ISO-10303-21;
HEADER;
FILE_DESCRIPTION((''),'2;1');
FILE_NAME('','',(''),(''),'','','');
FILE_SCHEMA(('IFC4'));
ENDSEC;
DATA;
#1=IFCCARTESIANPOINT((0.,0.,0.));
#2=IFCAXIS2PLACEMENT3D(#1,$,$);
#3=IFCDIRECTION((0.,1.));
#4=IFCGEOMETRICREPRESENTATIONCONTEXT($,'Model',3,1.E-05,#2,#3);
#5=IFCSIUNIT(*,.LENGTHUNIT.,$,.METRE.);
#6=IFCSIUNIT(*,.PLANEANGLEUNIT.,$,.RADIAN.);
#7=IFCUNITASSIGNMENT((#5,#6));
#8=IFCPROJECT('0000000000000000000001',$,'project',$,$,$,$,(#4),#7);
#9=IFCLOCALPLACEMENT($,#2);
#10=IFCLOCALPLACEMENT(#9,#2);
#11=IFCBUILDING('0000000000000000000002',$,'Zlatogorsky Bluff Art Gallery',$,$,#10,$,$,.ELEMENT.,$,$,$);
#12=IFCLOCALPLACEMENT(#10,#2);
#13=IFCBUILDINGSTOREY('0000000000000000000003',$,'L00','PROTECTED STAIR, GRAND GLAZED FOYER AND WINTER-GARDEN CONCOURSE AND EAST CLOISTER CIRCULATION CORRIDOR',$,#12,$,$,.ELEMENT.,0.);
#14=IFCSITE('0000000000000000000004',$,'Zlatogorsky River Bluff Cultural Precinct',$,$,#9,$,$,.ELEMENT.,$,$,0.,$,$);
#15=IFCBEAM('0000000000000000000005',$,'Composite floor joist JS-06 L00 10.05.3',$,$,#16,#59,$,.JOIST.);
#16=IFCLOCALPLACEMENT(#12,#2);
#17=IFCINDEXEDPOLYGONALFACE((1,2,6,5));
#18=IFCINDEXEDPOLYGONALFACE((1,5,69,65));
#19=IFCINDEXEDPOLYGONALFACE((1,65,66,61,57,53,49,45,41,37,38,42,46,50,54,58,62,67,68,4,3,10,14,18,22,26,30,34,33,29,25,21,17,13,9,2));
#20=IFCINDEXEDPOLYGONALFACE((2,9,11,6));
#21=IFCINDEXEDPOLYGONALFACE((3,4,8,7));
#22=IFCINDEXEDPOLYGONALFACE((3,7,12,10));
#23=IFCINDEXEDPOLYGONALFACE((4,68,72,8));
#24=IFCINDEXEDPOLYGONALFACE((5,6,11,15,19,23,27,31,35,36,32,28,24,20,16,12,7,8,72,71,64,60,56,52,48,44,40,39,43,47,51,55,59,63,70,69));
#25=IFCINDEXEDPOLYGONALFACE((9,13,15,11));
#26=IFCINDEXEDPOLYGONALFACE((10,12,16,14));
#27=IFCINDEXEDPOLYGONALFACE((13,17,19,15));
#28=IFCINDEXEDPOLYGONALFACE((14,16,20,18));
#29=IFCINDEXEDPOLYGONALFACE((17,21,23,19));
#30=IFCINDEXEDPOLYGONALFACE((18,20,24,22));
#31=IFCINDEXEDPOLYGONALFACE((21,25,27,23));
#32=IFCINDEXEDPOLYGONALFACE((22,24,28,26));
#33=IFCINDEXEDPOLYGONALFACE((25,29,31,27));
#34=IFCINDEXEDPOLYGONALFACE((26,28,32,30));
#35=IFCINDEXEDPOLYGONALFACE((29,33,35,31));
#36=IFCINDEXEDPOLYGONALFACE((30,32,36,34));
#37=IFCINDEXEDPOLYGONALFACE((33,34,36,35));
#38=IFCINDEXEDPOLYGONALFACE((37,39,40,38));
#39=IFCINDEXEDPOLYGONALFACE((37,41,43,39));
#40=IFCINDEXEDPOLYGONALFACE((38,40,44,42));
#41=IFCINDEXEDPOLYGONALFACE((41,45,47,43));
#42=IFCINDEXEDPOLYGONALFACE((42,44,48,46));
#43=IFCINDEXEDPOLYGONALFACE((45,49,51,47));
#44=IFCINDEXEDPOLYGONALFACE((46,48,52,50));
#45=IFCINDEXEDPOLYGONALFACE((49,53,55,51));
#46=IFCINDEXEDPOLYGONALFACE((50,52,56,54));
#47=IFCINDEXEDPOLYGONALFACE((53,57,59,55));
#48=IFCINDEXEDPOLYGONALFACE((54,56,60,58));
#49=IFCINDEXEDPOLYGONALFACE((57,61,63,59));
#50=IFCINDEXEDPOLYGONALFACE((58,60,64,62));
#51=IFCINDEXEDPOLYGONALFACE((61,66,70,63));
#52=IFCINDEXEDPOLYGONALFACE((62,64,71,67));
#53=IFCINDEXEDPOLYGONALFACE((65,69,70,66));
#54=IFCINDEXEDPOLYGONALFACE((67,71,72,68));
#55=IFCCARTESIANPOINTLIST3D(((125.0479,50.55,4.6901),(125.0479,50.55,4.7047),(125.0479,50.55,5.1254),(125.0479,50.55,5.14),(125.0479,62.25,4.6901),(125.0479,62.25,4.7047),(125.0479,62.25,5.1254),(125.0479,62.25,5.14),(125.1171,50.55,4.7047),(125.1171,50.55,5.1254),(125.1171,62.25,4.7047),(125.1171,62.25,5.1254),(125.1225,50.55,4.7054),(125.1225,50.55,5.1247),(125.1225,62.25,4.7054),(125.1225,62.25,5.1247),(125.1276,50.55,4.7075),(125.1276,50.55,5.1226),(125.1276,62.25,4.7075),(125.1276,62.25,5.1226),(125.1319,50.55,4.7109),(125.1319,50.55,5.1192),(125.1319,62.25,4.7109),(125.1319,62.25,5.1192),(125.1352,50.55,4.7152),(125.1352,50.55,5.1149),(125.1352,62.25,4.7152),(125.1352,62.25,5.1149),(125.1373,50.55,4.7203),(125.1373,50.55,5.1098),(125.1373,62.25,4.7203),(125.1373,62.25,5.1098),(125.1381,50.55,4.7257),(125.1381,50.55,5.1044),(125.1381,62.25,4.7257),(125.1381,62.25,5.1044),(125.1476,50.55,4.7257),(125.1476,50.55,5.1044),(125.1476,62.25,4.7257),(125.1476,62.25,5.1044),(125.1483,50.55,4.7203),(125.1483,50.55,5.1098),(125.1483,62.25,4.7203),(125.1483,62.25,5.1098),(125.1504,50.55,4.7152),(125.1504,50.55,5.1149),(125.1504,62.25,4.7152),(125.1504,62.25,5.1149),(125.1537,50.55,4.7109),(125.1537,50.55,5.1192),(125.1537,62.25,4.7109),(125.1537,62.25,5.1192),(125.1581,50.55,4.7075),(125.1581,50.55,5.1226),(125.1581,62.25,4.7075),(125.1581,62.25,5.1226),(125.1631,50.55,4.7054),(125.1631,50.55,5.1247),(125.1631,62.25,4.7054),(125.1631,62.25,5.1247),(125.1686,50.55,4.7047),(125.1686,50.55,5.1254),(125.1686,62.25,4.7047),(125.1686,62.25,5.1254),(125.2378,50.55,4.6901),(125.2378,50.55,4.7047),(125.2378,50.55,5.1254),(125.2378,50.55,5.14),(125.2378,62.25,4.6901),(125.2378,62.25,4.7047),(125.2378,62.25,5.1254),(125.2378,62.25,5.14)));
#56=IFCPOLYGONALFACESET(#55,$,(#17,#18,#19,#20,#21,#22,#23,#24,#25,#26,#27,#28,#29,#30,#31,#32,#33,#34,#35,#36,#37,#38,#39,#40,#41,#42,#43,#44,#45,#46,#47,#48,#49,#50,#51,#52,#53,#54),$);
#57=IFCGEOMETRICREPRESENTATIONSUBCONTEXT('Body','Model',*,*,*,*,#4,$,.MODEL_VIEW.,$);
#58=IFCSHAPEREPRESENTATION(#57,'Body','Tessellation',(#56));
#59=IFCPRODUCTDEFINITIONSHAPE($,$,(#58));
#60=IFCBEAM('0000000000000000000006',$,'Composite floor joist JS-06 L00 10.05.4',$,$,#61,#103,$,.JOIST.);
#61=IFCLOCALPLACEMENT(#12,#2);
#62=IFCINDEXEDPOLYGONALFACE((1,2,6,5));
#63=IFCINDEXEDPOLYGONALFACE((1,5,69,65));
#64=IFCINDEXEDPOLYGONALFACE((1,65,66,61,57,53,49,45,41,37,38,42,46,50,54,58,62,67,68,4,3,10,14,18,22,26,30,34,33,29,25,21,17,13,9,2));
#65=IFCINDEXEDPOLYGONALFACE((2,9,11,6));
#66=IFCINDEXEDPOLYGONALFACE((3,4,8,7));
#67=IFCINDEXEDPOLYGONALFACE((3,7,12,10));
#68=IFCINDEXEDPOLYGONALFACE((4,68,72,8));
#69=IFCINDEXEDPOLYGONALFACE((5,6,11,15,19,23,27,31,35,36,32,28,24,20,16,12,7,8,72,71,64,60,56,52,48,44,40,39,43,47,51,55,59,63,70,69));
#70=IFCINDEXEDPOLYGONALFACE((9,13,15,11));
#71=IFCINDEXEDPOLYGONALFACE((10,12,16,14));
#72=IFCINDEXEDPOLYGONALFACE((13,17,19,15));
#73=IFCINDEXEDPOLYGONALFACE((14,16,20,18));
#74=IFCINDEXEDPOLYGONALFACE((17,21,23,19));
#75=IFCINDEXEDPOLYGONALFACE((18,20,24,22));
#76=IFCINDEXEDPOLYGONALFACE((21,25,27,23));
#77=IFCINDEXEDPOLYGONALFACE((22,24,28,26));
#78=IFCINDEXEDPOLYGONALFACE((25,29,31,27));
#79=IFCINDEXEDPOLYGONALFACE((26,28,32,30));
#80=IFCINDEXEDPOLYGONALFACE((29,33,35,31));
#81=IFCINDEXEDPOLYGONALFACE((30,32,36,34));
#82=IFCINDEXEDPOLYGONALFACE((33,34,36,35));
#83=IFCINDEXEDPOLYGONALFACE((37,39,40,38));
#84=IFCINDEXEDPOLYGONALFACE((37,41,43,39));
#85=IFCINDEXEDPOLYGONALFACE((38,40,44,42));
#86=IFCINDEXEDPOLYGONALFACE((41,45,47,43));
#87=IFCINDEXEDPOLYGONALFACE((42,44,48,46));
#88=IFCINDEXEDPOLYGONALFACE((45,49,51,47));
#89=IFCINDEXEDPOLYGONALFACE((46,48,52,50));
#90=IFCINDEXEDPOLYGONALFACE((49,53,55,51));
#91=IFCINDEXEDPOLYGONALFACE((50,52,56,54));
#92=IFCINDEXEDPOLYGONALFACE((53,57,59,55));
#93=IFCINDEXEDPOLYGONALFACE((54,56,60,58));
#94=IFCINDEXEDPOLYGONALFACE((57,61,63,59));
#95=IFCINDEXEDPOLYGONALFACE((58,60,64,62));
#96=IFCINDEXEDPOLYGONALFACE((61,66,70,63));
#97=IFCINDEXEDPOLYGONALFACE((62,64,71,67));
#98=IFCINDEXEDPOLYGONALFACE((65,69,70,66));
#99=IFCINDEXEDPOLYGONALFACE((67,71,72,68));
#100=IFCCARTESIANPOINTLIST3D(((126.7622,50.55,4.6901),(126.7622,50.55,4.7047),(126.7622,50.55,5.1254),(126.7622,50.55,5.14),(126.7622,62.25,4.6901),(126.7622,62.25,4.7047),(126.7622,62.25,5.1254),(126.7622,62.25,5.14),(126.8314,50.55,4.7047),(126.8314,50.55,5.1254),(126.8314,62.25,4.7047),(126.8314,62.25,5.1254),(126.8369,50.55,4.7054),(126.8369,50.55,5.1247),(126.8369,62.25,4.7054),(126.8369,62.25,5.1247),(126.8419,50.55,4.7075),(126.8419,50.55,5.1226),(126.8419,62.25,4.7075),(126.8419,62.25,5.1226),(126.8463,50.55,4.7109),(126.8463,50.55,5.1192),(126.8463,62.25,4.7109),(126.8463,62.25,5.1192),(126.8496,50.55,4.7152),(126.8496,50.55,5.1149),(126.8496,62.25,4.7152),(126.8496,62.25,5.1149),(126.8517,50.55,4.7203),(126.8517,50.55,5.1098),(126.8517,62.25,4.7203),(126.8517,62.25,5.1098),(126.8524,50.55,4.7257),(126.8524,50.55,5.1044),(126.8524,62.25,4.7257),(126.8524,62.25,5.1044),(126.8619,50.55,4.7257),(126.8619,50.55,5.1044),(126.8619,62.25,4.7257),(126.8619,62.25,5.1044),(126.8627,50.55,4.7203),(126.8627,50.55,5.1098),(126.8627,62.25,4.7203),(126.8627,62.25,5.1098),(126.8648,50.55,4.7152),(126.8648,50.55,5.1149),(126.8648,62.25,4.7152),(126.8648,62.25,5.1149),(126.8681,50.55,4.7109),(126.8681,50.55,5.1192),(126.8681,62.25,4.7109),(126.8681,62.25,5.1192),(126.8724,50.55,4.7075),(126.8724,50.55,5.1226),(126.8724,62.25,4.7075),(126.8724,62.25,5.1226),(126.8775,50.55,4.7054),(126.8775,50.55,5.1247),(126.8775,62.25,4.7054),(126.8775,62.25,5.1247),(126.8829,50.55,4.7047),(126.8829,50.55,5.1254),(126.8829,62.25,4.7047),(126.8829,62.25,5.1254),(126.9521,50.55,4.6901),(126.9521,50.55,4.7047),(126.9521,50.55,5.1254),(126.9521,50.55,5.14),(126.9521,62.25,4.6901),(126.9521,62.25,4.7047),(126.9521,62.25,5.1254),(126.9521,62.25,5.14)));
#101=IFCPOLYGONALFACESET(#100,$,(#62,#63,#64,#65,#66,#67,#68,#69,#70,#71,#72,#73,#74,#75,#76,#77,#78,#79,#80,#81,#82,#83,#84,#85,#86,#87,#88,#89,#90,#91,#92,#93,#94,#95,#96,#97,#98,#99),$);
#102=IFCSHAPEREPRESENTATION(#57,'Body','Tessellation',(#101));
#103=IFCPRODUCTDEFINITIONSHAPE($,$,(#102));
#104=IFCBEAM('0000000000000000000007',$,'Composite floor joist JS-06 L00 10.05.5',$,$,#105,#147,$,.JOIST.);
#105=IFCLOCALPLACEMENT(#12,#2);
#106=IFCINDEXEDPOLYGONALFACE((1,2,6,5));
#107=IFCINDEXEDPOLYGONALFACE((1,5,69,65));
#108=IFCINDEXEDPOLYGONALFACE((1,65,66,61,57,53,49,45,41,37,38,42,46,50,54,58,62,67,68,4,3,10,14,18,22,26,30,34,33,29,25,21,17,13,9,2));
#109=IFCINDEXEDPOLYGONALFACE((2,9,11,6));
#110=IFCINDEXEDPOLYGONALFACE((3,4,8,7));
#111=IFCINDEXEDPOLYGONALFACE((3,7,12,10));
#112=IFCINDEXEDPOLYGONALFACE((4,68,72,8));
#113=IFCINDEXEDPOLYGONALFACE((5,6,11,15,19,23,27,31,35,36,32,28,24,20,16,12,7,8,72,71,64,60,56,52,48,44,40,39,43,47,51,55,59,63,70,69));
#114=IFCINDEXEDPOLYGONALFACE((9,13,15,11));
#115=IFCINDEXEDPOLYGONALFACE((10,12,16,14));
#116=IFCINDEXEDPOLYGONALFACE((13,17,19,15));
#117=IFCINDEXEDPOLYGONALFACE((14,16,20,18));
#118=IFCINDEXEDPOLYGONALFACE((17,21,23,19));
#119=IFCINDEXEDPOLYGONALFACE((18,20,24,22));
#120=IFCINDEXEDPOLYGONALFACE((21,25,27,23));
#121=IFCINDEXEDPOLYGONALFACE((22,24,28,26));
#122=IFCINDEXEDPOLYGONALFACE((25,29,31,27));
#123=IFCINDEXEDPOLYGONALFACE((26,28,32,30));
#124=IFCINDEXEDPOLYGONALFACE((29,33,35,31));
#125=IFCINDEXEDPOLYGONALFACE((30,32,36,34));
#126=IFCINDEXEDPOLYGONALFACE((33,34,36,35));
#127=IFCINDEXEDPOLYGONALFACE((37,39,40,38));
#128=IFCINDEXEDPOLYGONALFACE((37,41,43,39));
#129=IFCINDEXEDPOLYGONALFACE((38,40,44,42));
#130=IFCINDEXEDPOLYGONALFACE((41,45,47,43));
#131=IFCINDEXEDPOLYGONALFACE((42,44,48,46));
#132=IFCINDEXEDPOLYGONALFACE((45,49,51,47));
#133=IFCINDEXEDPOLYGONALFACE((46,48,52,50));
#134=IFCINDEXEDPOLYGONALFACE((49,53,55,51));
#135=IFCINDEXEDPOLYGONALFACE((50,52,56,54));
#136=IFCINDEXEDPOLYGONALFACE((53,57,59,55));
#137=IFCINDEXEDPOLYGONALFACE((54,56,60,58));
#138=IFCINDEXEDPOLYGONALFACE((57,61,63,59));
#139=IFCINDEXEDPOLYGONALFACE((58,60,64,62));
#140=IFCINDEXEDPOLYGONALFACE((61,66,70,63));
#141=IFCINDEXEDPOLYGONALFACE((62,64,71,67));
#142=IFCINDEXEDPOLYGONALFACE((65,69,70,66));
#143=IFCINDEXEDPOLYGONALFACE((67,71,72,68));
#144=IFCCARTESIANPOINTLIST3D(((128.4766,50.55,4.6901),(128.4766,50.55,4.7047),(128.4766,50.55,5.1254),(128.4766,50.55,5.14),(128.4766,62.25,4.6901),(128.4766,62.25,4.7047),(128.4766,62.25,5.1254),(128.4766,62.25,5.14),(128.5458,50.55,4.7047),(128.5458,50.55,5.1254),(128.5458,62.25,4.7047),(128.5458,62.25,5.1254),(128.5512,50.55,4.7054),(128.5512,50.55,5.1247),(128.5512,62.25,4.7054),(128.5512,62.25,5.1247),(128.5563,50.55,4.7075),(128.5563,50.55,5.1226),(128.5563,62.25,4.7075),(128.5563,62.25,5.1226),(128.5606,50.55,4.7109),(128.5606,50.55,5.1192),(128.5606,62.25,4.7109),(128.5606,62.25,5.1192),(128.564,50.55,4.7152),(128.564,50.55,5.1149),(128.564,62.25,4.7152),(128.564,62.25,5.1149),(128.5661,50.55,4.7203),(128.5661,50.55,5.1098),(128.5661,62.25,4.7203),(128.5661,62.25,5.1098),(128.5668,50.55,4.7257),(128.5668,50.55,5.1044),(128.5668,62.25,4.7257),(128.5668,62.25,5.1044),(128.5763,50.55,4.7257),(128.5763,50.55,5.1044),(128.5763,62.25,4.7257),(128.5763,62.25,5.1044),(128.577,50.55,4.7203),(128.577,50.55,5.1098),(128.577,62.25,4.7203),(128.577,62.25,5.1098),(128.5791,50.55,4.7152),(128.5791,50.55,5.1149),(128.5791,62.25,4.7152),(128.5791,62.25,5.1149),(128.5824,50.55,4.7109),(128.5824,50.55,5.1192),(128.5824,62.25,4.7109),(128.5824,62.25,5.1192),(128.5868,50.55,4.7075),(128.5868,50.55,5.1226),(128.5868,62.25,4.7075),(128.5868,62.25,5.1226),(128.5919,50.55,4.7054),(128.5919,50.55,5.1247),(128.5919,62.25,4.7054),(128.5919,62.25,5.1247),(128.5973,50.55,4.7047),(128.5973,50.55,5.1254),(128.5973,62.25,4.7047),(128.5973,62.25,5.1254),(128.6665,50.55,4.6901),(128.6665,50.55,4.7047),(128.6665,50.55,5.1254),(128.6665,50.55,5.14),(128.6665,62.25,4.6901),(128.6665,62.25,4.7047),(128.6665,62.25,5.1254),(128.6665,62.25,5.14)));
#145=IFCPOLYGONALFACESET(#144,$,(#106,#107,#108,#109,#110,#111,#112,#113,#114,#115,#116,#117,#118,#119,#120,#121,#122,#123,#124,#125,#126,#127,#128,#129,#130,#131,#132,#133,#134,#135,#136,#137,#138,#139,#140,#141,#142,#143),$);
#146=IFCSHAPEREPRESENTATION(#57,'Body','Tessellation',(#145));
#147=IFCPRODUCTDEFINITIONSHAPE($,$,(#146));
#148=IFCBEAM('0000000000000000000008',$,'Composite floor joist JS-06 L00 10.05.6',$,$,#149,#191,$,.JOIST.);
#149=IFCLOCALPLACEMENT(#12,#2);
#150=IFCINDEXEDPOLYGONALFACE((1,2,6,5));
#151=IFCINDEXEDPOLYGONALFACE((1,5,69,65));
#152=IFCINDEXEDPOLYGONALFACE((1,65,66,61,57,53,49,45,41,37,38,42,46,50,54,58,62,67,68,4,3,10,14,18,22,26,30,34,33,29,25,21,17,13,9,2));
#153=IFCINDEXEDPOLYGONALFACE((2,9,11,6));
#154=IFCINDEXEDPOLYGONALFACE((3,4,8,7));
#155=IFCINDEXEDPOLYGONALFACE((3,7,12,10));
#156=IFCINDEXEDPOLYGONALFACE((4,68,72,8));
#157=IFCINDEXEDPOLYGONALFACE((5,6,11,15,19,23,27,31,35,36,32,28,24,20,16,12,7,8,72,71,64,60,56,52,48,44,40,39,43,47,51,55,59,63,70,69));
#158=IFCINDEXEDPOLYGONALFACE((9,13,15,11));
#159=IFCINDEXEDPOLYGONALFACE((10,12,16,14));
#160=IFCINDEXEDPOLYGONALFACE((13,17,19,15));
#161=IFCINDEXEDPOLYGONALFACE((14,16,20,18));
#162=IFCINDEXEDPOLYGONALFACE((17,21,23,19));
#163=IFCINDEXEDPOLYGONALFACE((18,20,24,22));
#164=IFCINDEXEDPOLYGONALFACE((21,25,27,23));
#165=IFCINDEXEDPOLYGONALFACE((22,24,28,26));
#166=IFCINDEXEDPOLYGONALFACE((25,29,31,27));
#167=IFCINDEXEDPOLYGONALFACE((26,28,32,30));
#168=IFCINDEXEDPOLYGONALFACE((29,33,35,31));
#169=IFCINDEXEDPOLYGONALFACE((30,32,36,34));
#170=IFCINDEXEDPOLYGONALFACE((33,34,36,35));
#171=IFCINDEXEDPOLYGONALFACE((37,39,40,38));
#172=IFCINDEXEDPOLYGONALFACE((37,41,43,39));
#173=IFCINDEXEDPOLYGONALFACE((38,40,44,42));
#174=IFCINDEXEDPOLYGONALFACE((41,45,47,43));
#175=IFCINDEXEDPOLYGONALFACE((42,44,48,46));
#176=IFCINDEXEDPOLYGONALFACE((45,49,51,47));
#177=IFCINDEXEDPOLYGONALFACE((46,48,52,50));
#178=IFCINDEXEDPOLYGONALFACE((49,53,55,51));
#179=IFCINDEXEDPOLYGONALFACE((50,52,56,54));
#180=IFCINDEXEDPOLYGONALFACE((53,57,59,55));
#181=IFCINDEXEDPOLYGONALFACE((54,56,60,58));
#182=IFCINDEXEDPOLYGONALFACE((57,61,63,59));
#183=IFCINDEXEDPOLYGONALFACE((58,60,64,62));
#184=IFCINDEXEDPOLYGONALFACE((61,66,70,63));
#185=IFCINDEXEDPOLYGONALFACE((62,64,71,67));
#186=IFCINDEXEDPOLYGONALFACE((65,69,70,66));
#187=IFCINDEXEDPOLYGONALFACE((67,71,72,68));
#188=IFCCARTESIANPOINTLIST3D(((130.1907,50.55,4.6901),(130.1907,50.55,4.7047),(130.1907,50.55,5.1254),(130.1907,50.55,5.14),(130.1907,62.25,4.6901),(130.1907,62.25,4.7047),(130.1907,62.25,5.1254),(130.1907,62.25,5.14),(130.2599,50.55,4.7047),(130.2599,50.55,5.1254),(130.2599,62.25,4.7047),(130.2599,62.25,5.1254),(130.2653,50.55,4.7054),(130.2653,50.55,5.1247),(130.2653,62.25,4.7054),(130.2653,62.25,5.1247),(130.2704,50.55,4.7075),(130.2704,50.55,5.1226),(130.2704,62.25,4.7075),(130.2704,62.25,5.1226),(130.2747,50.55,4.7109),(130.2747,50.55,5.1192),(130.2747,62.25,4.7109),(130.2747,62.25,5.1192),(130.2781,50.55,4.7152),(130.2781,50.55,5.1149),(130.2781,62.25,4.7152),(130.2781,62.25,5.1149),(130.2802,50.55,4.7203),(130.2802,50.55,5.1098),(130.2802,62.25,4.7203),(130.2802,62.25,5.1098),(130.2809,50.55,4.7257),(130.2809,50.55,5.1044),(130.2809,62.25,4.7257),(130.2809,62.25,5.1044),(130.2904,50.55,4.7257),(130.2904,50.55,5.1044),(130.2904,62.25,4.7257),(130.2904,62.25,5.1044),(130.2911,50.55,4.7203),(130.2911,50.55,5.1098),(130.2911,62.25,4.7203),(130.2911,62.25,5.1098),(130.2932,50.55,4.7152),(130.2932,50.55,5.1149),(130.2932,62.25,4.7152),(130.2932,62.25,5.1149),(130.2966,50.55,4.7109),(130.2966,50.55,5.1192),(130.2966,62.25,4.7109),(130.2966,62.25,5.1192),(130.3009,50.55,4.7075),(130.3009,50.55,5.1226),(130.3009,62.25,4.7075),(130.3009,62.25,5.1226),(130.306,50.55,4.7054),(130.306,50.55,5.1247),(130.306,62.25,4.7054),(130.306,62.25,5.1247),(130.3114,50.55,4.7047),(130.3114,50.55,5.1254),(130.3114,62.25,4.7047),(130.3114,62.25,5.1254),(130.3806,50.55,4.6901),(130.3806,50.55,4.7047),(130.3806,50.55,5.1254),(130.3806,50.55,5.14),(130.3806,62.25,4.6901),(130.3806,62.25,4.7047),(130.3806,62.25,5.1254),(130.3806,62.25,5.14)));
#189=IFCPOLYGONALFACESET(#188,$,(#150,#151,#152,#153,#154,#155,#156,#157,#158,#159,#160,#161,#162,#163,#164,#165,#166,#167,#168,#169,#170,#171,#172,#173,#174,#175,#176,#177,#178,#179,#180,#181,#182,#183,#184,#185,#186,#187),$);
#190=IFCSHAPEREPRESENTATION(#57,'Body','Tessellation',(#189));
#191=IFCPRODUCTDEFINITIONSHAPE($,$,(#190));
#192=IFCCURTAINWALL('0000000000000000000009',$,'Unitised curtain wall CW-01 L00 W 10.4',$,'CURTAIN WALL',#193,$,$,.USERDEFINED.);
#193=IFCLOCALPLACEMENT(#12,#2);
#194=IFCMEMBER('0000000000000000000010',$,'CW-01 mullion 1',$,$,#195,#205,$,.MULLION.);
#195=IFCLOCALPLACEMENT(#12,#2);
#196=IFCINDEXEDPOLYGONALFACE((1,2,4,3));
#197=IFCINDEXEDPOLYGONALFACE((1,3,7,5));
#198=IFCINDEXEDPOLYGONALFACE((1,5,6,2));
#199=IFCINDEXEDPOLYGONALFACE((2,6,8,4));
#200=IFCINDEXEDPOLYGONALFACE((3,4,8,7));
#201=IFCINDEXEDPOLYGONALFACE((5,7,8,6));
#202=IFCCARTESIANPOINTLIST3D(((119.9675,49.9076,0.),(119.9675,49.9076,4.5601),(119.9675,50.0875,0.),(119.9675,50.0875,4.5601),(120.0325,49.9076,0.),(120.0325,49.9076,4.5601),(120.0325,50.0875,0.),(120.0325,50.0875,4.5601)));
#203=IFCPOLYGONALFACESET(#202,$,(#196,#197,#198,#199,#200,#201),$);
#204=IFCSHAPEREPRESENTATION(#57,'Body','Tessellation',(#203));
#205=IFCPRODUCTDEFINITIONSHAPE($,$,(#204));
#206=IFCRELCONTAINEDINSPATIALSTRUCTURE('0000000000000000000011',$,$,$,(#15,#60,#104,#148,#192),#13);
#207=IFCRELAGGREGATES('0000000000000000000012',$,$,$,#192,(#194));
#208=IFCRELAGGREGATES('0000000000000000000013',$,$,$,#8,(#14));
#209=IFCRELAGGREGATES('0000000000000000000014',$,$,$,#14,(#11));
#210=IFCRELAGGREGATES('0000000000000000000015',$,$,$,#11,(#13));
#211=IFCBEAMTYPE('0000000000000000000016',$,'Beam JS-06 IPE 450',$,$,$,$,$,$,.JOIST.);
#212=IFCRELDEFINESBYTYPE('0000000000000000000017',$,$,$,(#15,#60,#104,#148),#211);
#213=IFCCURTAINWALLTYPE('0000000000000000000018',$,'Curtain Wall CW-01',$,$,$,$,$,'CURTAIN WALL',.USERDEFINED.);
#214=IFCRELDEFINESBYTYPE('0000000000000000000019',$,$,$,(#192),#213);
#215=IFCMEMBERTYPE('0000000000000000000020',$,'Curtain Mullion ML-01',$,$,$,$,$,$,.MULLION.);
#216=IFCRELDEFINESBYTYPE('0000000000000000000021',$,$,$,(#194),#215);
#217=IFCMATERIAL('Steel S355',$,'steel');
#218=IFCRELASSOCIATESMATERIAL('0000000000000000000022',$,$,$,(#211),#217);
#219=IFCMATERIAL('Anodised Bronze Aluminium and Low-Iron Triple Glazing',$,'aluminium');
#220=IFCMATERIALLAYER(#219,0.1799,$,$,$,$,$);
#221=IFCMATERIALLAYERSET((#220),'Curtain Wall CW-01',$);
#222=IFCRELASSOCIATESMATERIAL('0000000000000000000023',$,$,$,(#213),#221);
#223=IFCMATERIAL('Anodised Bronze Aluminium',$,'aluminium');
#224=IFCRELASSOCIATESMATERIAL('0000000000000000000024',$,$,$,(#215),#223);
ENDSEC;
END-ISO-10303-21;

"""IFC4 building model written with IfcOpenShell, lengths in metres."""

from ifc_helpers import new_model, si_unit, direction, frame, origin, origin_2d, place, context, subcontext, project, spatial, rectangle, i_section, extrude, material, layer, layer_set, material_profile, profile_set, type_object, element, aggregate, save


model = new_model("IFC4")

# Units and contexts
model_context = context("Model", 3, precision=1e-05, world=origin(), true_north=direction((0.0, 1.0)))
body_context = subcontext(model_context, "Body", "Model", "MODEL_VIEW")
ifc_project = project(units=[si_unit("LENGTHUNIT", "METRE"), si_unit("PLANEANGLEUNIT", "RADIAN")], contexts=[model_context])

# Site, building, storey
site_placement = place(None, origin())
site = spatial("IfcSite", under=ifc_project, at=site_placement, Name="Zlatogorsky River Bluff Cultural Precinct", CompositionType="ELEMENT", RefElevation=0.0)
building_placement = place(site_placement, origin())
building = spatial("IfcBuilding", under=site, at=building_placement, Name="Zlatogorsky Bluff Art Gallery", CompositionType="ELEMENT")
storey_placement = place(building_placement, origin())
storey = spatial("IfcBuildingStorey", under=building, at=storey_placement, Name="L00", Description="PROTECTED STAIR, GRAND GLAZED FOYER AND WINTER-GARDEN CONCOURSE AND EAST CLOISTER CIRCULATION CORRIDOR", CompositionType="ELEMENT", Elevation=0.0)

# Beams
ifc_material_1 = material(Name="Steel S355", Category="steel")
ifc_material_profile_1 = material_profile(ifc_material_1, i_section(OverallWidth=0.1899, OverallDepth=0.45, WebThickness=0.0095, FlangeThickness=0.0146, FilletRadius=0.021, at=origin_2d()), Name="IPE 450")
ifc_profile_set_1 = profile_set([ifc_material_profile_1], Name="Steel S355")
beam_type_1 = type_object("IfcBeamType", Name="Beam JS-06 IPE 450", PredefinedType="JOIST", material=ifc_profile_set_1)
for number, where, z_axis, x_axis, name in (
    (1, (125.1428, 50.55, 4.915), (0.0, 1.0, 0.0), (-1.0, 0.0, 0.0), "Composite floor joist JS-06 L00 10.05.3"),
    (2, (126.8572, 50.55, 4.915), (0.0, 1.0, 0.0), (-1.0, 0.0, 0.0), "Composite floor joist JS-06 L00 10.05.4"),
    (3, (128.5715, 50.55, 4.915), (0.0, 1.0, 0.0), (-1.0, 0.0, 0.0), "Composite floor joist JS-06 L00 10.05.5"),
    (4, (130.2856, 50.55, 4.915), (0.0, 1.0, 0.0), (-1.0, 0.0, 0.0), "Composite floor joist JS-06 L00 10.05.6"),
):
    element("IfcBeam", number, at=place(storey_placement, frame(where, z_axis=z_axis, x_axis=x_axis)), inside=storey, type_object=beam_type_1, Name=name, PredefinedType="JOIST", context=body_context, shape_type="SweptSolid", body=[
        extrude(i_section(OverallWidth=0.1899, OverallDepth=0.45, WebThickness=0.0095, FlangeThickness=0.0146, FilletRadius=0.021, at=origin_2d()), origin(), (0.0, 0.0, 1.0), 11.7),
    ])

# Curtain wall, member
ifc_material_2 = material(Name="Anodised Bronze Aluminium and Low-Iron Triple Glazing", Category="aluminium")
ifc_layer_1 = layer(ifc_material_2, 0.1799)
ifc_layer_set_1 = layer_set([ifc_layer_1], Name="Curtain Wall CW-01")
curtain_wall_type = type_object("IfcCurtainWallType", Name="Curtain Wall CW-01", ElementType="CURTAIN WALL", PredefinedType="USERDEFINED", material=ifc_layer_set_1)
curtain_wall_placement = place(storey_placement, origin())
curtain_wall = element("IfcCurtainWall", 5, at=curtain_wall_placement, inside=storey, type_object=curtain_wall_type, Name="Unitised curtain wall CW-01 L00 W 10.4", ObjectType="CURTAIN WALL", PredefinedType="USERDEFINED")
ifc_material_3 = material(Name="Anodised Bronze Aluminium", Category="aluminium")
ifc_material_profile_2 = material_profile(ifc_material_3, rectangle(XDim=0.0649, YDim=0.1799, at=origin_2d()), Name="ALU MULLION 65x180")
ifc_profile_set_2 = profile_set([ifc_material_profile_2], Name="Anodised Bronze Aluminium")
member_type_1 = type_object("IfcMemberType", Name="Curtain Mullion ML-01", PredefinedType="MULLION", material=ifc_profile_set_2)
member_1_placement = place(storey_placement, frame((120.0, 49.9976, 0.0), z_axis=(0.0, 0.0, 1.0), x_axis=(1.0, 0.0, 0.0)))
member_1 = element("IfcMember", 6, at=member_1_placement, type_object=member_type_1, Name="CW-01 mullion 1", PredefinedType="MULLION", context=body_context, shape_type="SweptSolid", body=[
    extrude(rectangle(XDim=0.0649, YDim=0.1799, at=origin_2d()), origin(), (0.0, 0.0, 1.0), 4.5601),
])
aggregate(curtain_wall, [member_1])

save(model, "model.ifc")
